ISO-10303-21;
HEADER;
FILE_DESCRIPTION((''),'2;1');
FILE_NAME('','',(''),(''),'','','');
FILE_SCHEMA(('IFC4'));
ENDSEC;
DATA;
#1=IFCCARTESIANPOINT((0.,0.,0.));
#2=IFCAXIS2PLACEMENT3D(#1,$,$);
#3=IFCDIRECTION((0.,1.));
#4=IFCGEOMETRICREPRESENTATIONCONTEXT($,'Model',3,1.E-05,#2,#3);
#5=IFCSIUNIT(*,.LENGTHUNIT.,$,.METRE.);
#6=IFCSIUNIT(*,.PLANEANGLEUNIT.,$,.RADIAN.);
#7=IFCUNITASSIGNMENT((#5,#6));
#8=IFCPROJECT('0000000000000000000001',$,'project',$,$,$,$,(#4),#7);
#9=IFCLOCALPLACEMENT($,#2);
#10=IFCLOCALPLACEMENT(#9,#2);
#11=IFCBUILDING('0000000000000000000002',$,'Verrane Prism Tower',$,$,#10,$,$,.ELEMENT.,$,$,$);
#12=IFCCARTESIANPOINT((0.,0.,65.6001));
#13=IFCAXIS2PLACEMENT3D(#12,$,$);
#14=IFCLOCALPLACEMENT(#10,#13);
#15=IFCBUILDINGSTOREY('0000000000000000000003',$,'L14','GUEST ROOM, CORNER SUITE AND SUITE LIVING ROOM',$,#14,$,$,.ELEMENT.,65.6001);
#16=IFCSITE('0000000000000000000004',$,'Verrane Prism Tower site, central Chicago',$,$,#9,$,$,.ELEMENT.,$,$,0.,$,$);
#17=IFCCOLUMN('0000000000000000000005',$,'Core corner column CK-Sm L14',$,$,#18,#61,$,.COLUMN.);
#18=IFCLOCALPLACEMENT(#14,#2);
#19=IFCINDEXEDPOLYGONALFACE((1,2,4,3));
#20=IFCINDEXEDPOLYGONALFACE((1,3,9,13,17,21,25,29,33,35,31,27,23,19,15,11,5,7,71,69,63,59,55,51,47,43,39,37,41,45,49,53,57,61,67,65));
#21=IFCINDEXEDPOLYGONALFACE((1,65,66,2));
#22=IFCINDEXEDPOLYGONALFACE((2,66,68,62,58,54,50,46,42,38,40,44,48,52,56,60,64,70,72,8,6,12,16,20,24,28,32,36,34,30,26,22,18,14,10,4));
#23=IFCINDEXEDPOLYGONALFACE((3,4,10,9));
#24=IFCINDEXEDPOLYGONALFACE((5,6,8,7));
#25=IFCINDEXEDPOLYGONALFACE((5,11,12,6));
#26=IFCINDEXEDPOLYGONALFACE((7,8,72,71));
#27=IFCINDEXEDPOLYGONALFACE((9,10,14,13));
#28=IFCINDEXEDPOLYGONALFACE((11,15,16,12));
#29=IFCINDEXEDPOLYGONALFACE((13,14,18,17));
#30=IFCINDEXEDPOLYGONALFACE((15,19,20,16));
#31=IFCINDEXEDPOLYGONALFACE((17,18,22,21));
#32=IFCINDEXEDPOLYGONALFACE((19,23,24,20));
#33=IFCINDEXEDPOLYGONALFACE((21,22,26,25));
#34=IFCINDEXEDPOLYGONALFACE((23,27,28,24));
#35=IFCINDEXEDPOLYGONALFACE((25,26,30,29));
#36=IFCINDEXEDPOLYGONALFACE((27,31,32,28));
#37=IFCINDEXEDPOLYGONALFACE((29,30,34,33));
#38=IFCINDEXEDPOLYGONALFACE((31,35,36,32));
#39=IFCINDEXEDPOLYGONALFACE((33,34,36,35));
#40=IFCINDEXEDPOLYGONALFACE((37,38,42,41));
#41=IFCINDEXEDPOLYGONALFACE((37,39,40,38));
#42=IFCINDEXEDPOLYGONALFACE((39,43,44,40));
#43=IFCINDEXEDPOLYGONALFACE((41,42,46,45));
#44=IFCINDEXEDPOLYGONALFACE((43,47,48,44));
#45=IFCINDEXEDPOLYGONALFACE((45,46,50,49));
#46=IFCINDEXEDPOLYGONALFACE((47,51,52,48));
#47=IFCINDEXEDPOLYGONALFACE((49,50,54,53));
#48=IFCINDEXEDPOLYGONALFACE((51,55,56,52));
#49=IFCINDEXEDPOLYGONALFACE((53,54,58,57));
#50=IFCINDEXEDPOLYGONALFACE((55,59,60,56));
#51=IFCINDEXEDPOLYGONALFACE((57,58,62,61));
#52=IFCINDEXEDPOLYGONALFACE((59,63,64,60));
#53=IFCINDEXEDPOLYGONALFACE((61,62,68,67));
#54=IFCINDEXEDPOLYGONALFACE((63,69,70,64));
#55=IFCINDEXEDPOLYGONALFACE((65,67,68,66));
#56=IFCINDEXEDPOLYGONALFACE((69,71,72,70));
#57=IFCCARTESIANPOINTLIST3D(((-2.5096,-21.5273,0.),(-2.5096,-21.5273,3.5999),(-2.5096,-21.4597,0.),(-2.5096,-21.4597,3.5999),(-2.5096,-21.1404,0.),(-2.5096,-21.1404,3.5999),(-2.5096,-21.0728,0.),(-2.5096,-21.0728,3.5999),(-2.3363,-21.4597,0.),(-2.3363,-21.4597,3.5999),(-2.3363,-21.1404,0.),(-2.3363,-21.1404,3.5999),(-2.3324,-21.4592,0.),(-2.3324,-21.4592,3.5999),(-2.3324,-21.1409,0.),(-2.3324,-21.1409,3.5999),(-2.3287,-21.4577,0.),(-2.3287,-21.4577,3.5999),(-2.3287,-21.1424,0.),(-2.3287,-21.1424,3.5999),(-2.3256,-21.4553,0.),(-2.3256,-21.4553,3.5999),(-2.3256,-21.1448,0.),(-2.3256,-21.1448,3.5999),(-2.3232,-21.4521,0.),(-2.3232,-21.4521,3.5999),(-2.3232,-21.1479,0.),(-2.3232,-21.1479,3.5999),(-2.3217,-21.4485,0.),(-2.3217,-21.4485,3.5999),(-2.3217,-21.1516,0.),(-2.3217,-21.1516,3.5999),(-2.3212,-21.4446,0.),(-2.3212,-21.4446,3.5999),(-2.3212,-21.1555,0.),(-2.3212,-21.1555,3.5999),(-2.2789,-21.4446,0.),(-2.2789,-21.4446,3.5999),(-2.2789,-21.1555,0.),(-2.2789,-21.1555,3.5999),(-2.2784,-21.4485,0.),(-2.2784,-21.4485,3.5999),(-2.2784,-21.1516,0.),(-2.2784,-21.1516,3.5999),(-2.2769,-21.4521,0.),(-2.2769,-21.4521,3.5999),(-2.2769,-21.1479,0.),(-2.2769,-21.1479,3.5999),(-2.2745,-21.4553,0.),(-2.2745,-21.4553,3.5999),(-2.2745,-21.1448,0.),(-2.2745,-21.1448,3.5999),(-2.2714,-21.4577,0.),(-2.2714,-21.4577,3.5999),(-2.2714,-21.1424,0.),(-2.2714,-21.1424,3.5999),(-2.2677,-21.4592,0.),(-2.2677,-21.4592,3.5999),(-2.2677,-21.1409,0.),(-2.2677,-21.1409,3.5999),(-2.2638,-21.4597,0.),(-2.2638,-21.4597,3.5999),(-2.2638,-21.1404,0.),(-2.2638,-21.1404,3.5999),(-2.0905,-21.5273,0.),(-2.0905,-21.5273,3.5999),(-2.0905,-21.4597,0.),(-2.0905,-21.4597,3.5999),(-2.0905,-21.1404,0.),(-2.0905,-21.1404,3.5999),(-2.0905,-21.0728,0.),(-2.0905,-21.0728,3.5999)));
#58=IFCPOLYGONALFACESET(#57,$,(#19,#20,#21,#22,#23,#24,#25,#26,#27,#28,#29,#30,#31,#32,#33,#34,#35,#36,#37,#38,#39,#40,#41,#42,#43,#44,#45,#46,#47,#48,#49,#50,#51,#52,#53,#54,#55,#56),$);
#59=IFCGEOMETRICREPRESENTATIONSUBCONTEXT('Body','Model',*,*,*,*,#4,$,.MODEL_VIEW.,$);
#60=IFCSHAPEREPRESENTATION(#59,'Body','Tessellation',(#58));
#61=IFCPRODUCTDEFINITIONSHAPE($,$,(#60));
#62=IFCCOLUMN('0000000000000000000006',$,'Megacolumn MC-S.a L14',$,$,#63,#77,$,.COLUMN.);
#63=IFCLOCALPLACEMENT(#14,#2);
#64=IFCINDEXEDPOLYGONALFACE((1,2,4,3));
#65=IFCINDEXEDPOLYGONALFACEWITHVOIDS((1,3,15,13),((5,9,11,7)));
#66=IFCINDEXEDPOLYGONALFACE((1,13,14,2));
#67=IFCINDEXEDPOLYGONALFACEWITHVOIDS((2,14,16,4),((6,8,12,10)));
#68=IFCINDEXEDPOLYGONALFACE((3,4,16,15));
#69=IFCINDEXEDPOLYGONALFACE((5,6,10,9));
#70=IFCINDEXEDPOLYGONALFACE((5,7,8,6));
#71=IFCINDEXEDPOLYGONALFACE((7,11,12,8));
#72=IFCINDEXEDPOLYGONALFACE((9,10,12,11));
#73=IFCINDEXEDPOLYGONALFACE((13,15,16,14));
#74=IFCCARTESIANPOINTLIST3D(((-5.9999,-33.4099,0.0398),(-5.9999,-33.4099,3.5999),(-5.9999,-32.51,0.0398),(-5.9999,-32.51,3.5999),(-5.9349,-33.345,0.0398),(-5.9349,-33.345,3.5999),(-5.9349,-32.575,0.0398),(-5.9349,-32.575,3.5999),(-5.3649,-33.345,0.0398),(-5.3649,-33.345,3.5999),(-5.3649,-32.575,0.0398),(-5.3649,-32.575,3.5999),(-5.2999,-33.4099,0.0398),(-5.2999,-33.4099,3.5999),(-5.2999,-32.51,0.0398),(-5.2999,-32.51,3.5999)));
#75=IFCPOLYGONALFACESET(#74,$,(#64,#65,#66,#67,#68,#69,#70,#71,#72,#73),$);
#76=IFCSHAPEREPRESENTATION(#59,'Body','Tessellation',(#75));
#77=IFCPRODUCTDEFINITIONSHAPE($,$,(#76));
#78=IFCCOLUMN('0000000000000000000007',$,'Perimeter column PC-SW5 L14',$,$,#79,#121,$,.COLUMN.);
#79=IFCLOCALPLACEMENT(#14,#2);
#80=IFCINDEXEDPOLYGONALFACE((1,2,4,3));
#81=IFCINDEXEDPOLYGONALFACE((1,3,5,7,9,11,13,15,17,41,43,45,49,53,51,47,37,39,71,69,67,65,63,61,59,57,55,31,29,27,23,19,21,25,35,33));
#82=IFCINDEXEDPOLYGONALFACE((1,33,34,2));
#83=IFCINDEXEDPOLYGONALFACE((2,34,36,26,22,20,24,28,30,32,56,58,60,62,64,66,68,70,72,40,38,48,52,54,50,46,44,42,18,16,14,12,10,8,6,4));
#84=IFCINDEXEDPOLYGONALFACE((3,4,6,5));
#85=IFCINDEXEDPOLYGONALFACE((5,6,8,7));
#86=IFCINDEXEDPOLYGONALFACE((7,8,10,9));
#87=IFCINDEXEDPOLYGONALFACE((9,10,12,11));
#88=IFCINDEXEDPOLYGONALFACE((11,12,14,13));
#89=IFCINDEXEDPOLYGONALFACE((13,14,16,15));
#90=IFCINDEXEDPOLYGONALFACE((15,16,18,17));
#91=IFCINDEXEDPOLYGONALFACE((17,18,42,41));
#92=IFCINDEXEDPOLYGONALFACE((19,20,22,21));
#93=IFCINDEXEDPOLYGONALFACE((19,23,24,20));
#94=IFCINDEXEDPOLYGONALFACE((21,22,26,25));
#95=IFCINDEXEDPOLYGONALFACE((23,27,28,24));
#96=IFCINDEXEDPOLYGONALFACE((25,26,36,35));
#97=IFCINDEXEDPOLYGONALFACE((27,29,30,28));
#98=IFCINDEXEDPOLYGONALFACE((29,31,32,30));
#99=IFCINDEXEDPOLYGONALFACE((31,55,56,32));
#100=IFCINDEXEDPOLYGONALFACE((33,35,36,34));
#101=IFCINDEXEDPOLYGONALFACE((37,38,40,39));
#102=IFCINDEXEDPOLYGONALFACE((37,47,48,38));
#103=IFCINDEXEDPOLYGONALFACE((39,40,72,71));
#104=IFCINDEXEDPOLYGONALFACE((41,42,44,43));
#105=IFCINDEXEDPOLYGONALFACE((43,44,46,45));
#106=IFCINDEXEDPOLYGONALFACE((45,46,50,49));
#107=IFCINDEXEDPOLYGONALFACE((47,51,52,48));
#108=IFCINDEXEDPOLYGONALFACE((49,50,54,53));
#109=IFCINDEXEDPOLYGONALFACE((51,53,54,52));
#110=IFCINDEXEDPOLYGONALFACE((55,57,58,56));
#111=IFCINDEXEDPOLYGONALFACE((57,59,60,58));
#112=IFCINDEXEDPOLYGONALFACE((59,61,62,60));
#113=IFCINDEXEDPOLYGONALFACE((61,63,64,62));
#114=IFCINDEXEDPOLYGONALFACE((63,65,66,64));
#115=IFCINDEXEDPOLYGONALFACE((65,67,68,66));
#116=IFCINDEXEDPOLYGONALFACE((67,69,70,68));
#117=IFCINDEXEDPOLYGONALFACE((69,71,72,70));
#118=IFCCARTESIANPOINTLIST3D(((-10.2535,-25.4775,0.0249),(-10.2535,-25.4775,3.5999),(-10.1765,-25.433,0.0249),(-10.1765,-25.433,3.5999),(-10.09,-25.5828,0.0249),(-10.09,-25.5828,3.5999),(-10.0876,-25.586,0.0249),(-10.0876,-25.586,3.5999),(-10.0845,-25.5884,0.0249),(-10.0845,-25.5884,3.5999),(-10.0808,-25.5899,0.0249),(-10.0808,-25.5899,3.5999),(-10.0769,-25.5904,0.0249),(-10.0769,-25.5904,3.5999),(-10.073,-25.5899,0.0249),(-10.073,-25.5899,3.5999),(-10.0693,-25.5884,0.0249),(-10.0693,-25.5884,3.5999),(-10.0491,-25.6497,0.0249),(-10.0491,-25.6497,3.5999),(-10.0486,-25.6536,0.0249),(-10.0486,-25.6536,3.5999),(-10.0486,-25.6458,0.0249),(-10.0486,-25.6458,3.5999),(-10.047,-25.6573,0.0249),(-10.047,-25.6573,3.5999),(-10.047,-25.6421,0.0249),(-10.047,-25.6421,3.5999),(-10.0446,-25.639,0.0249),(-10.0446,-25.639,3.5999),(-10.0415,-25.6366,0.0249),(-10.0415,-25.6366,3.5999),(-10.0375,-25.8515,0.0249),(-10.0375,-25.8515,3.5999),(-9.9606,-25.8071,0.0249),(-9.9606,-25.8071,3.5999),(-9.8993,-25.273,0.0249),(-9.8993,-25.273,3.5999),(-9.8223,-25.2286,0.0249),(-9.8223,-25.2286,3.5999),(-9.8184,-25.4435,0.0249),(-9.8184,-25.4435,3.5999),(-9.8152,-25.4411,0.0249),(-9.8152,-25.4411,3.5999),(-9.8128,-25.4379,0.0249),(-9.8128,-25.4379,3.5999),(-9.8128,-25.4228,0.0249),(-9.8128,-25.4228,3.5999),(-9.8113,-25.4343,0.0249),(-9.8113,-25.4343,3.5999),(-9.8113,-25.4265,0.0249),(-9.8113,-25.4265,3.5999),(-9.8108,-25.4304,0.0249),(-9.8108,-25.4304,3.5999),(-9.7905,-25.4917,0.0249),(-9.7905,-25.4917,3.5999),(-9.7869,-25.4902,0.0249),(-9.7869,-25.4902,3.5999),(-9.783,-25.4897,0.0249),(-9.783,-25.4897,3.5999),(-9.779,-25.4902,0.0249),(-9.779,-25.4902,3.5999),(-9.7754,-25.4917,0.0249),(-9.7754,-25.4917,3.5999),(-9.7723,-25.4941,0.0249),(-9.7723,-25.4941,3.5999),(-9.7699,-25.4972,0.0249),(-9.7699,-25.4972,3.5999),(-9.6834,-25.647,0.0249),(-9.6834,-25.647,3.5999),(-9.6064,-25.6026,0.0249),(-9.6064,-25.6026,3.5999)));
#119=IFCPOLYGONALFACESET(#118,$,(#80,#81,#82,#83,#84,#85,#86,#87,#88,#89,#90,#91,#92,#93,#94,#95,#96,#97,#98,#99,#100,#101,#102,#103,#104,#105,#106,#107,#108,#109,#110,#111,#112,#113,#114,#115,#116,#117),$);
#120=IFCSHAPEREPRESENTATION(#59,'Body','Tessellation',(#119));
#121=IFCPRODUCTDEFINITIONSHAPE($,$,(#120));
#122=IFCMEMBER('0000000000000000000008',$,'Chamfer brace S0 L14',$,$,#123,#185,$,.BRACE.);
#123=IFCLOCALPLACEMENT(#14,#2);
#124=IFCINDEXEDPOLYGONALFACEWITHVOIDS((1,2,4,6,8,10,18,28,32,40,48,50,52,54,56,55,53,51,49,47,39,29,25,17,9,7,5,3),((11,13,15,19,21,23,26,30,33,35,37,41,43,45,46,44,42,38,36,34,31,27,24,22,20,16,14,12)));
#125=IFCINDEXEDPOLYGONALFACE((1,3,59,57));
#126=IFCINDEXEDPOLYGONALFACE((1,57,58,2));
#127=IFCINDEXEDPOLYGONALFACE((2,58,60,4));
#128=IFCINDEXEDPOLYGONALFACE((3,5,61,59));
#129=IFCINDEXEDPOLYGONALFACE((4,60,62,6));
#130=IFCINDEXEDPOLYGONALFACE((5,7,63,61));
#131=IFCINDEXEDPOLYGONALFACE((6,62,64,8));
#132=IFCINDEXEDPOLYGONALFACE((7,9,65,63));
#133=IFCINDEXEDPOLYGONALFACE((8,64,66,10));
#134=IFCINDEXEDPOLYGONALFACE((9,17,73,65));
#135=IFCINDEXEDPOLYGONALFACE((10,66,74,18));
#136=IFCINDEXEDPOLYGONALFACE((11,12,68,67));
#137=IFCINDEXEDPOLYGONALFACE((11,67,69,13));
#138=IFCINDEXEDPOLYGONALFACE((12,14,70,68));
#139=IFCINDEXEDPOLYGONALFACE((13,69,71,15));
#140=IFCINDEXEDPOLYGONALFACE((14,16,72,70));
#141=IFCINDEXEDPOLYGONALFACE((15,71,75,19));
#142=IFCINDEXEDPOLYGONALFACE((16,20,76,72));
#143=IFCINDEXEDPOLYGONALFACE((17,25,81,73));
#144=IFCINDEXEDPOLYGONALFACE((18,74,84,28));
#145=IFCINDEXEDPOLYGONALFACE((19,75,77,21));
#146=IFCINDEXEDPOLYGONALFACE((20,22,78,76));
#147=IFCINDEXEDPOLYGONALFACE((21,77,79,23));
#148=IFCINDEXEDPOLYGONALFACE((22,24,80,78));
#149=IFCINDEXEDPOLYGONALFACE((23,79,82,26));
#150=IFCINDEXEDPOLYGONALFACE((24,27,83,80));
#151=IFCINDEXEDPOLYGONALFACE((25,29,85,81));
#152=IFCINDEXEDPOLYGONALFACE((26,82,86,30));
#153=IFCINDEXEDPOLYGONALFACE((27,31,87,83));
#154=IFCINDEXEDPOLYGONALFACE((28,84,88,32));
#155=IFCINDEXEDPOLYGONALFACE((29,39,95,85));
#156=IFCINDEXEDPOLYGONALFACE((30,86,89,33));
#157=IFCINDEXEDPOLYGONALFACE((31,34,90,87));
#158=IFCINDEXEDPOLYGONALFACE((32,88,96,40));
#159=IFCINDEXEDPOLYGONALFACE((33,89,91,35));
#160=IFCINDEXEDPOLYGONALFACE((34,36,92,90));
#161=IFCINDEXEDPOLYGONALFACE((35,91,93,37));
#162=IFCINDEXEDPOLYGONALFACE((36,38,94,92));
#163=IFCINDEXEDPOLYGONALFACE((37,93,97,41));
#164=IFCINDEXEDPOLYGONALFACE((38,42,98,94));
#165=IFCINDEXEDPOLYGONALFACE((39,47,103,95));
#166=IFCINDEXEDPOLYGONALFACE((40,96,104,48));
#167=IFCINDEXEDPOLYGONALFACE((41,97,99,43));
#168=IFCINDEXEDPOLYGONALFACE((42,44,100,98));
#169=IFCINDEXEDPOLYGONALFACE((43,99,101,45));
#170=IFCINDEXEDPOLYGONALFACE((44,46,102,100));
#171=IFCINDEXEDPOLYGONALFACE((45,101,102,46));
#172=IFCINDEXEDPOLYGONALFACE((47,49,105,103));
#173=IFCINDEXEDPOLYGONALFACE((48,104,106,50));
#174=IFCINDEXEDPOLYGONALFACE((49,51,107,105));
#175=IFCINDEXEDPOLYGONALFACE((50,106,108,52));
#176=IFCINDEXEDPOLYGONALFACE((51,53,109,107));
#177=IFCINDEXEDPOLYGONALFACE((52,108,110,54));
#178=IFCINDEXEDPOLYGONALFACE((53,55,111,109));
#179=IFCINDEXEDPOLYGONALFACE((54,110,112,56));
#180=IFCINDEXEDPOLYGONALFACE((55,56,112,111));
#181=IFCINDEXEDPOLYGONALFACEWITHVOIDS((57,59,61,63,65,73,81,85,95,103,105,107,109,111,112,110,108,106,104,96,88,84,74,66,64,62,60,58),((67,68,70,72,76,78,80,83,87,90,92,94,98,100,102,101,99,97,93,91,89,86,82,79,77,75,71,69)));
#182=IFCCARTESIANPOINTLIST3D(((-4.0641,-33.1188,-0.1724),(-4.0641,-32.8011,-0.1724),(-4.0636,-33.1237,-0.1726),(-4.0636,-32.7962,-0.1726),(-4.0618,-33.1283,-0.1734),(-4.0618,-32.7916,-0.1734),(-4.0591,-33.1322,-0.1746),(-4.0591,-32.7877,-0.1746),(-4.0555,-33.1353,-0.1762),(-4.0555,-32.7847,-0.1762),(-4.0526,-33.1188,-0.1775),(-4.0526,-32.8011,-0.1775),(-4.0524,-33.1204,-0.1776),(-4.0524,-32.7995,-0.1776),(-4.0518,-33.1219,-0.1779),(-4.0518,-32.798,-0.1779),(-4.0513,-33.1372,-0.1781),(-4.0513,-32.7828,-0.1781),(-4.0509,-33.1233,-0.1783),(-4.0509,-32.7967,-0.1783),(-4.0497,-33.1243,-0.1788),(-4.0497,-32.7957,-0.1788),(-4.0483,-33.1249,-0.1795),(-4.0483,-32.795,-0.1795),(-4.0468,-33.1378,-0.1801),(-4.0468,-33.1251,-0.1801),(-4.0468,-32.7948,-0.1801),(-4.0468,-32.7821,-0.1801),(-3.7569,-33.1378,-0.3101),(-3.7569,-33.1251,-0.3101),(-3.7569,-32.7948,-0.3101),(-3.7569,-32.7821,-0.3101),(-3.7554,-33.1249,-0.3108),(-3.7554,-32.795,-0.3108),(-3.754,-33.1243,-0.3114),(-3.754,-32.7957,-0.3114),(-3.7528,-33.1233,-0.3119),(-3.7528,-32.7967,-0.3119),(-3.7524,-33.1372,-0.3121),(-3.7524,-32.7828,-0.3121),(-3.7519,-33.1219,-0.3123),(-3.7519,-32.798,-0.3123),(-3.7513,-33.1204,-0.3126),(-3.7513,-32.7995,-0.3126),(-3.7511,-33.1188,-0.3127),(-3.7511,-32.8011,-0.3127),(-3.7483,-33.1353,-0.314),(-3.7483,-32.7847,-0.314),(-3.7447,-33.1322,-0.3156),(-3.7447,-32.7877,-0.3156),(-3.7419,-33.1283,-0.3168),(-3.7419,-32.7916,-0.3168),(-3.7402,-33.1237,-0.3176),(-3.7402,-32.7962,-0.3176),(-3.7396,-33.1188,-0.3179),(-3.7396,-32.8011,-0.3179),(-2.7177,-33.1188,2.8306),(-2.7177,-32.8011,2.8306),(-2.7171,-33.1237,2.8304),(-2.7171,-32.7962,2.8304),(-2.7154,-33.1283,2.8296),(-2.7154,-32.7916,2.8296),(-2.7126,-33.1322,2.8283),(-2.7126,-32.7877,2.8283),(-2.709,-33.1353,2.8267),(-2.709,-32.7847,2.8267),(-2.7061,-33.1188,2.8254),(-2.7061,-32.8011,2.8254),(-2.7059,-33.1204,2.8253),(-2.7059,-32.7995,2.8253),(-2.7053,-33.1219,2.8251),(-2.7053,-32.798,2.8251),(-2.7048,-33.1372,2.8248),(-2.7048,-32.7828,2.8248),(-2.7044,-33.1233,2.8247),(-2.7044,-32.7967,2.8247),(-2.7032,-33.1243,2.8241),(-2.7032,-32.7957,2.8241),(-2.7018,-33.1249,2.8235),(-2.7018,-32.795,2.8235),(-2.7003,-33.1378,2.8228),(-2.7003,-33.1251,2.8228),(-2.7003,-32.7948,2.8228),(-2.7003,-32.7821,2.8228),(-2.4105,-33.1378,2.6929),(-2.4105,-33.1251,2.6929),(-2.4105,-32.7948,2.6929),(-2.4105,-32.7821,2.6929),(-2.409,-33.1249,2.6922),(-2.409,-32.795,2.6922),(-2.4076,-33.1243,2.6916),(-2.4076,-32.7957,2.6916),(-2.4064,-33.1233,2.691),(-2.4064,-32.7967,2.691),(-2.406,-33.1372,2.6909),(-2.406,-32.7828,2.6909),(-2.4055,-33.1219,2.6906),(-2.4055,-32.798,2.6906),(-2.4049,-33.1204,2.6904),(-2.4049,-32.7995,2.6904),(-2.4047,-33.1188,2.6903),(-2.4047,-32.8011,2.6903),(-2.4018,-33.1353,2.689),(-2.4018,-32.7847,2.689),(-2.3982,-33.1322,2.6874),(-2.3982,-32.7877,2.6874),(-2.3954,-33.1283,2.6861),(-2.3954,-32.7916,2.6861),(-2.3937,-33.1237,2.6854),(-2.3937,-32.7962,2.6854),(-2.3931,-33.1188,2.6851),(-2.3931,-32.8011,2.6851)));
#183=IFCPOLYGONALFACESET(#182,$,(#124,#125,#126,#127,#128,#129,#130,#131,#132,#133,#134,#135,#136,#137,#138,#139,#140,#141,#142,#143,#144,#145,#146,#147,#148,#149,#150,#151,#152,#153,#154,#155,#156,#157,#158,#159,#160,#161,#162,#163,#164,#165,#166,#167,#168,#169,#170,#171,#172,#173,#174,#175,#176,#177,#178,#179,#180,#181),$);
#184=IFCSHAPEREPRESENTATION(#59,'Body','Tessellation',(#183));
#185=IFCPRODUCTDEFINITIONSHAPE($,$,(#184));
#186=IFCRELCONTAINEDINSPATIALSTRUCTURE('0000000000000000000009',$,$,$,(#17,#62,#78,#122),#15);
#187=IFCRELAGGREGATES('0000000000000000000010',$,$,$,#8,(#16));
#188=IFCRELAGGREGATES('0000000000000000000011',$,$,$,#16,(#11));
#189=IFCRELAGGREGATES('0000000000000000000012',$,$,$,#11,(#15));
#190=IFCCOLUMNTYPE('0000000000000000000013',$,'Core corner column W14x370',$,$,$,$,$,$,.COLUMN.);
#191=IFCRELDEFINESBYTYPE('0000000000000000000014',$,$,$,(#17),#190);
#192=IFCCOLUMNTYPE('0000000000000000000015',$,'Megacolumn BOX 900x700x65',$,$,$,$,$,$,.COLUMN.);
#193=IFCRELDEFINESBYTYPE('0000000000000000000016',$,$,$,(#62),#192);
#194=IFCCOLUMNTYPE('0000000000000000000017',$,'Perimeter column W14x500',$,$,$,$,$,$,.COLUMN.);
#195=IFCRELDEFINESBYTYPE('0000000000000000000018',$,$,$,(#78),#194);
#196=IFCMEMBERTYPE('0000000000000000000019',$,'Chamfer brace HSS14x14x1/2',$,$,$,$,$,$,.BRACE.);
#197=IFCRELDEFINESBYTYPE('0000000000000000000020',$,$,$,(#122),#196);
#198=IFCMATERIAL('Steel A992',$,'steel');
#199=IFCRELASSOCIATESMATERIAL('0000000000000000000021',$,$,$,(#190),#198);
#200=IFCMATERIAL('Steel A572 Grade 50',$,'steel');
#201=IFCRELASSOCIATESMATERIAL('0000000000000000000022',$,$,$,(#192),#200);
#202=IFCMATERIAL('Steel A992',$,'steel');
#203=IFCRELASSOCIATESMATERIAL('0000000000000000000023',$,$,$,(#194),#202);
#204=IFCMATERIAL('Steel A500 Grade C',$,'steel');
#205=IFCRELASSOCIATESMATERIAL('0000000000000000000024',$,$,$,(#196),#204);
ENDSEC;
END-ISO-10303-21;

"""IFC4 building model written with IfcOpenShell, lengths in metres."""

from ifc_helpers import new_model, si_unit, direction, frame, origin, origin_2d, place, context, subcontext, project, spatial, hollow_rectangle, i_section, extrude, material, material_profile, profile_set, type_object, element, save


model = new_model("IFC4")

# Units and contexts
model_context = context("Model", 3, precision=1e-05, world=origin(), true_north=direction((0.0, 1.0)))
body_context = subcontext(model_context, "Body", "Model", "MODEL_VIEW")
ifc_project = project(units=[si_unit("LENGTHUNIT", "METRE"), si_unit("PLANEANGLEUNIT", "RADIAN")], contexts=[model_context])

# Site, building, storey
site_placement = place(None, origin())
site = spatial("IfcSite", under=ifc_project, at=site_placement, Name="Verrane Prism Tower site, central Chicago", CompositionType="ELEMENT", RefElevation=0.0)
building_placement = place(site_placement, origin())
building = spatial("IfcBuilding", under=site, at=building_placement, Name="Verrane Prism Tower", CompositionType="ELEMENT")
storey_placement = place(building_placement, frame((0.0, 0.0, 65.6001)))
storey = spatial("IfcBuildingStorey", under=building, at=storey_placement, Name="L14", Description="GUEST ROOM, CORNER SUITE AND SUITE LIVING ROOM", CompositionType="ELEMENT", Elevation=65.6001)

# Columns
ifc_material_1 = material(Name="Steel A992", Category="steel")
ifc_material_profile_1 = material_profile(ifc_material_1, i_section(OverallWidth=0.4192, OverallDepth=0.4546, WebThickness=0.0422, FlangeThickness=0.0676, FilletRadius=0.0151, at=origin_2d()), Name="W14x370")
ifc_profile_set_1 = profile_set([ifc_material_profile_1], Name="Steel A992")
column_type_1 = type_object("IfcColumnType", Name="Core corner column W14x370", PredefinedType="COLUMN", material=ifc_profile_set_1)
column_1_placement = place(storey_placement, frame((-2.3, -21.3, 0.0), z_axis=(0.0, 0.0, 1.0), x_axis=(-1.0, 0.0, 0.0)))
element("IfcColumn", 1, at=column_1_placement, inside=storey, type_object=column_type_1, Name="Core corner column CK-Sm L14", PredefinedType="COLUMN", context=body_context, shape_type="SweptSolid", body=[
    extrude(i_section(OverallWidth=0.4192, OverallDepth=0.4546, WebThickness=0.0422, FlangeThickness=0.0676, FilletRadius=0.0151, at=origin_2d()), origin(), (0.0, 0.0, 1.0), 3.5999),
])
ifc_material_2 = material(Name="Steel A572 Grade 50", Category="steel")
ifc_material_profile_2 = material_profile(ifc_material_2, hollow_rectangle(XDim=0.7, YDim=0.8999, WallThickness=0.0649, at=origin_2d()), Name="BOX 900x700x65")
ifc_profile_set_2 = profile_set([ifc_material_profile_2], Name="Steel A572 Grade 50")
column_type_2 = type_object("IfcColumnType", Name="Megacolumn BOX 900x700x65", PredefinedType="COLUMN", material=ifc_profile_set_2)
column_2_placement = place(storey_placement, frame((-5.6499, -32.96, 0.0398), z_axis=(0.0, 0.0, 1.0), x_axis=(-1.0, 0.0, 0.0)))
element("IfcColumn", 2, at=column_2_placement, inside=storey, type_object=column_type_2, Name="Megacolumn MC-S.a L14", PredefinedType="COLUMN", context=body_context, shape_type="SweptSolid", body=[
    extrude(hollow_rectangle(XDim=0.7, YDim=0.8999, WallThickness=0.0649, at=origin_2d()), origin(), (0.0, 0.0, 1.0), 3.5601),
])
ifc_material_3 = material(Name="Steel A992", Category="steel")
ifc_material_profile_3 = material_profile(ifc_material_3, i_section(OverallWidth=0.4319, OverallDepth=0.4978, WebThickness=0.0557, FlangeThickness=0.0889, FilletRadius=0.0151, at=origin_2d()), Name="W14x500")
ifc_profile_set_3 = profile_set([ifc_material_profile_3], Name="Steel A992")
column_type_3 = type_object("IfcColumnType", Name="Perimeter column W14x500", PredefinedType="COLUMN", material=ifc_profile_set_3)
column_3_placement = place(storey_placement, frame((-9.9299, -25.54, 0.0249), z_axis=(0.0, 0.0, 1.0), x_axis=(-0.5, 0.866025, 0.0)))
element("IfcColumn", 3, at=column_3_placement, inside=storey, type_object=column_type_3, Name="Perimeter column PC-SW5 L14", PredefinedType="COLUMN", context=body_context, shape_type="SweptSolid", body=[
    extrude(i_section(OverallWidth=0.4319, OverallDepth=0.4978, WebThickness=0.0557, FlangeThickness=0.0889, FilletRadius=0.0151, at=origin_2d()), origin(), (0.0, 0.0, 1.0), 3.575),
])

# Member
ifc_material_4 = material(Name="Steel A500 Grade C", Category="steel")
ifc_material_profile_4 = material_profile(ifc_material_4, hollow_rectangle(XDim=0.3557, YDim=0.3557, WallThickness=0.0127, InnerFilletRadius=0.0063, OuterFilletRadius=0.019, at=origin_2d()), Name="HSS14x14x1/2")
ifc_profile_set_4 = profile_set([ifc_material_profile_4], Name="Steel A500 Grade C")
member_type_1 = type_object("IfcMemberType", Name="Chamfer brace HSS14x14x1/2", PredefinedType="BRACE", material=ifc_profile_set_4)
member_1_placement = place(storey_placement, frame((-3.9019, -32.96, -0.2451), z_axis=(0.40913, 0.0, 0.912476), x_axis=(0.0, 1.0, 0.0)))
element("IfcMember", 4, at=member_1_placement, inside=storey, type_object=member_type_1, Name="Chamfer brace S0 L14", PredefinedType="BRACE", context=body_context, shape_type="SweptSolid", body=[
    extrude(hollow_rectangle(XDim=0.3557, YDim=0.3557, WallThickness=0.0127, InnerFilletRadius=0.0063, OuterFilletRadius=0.019, at=origin_2d()), origin(), (0.0, 0.0, 1.0), 3.291),
])

save(model, "model.ifc")
